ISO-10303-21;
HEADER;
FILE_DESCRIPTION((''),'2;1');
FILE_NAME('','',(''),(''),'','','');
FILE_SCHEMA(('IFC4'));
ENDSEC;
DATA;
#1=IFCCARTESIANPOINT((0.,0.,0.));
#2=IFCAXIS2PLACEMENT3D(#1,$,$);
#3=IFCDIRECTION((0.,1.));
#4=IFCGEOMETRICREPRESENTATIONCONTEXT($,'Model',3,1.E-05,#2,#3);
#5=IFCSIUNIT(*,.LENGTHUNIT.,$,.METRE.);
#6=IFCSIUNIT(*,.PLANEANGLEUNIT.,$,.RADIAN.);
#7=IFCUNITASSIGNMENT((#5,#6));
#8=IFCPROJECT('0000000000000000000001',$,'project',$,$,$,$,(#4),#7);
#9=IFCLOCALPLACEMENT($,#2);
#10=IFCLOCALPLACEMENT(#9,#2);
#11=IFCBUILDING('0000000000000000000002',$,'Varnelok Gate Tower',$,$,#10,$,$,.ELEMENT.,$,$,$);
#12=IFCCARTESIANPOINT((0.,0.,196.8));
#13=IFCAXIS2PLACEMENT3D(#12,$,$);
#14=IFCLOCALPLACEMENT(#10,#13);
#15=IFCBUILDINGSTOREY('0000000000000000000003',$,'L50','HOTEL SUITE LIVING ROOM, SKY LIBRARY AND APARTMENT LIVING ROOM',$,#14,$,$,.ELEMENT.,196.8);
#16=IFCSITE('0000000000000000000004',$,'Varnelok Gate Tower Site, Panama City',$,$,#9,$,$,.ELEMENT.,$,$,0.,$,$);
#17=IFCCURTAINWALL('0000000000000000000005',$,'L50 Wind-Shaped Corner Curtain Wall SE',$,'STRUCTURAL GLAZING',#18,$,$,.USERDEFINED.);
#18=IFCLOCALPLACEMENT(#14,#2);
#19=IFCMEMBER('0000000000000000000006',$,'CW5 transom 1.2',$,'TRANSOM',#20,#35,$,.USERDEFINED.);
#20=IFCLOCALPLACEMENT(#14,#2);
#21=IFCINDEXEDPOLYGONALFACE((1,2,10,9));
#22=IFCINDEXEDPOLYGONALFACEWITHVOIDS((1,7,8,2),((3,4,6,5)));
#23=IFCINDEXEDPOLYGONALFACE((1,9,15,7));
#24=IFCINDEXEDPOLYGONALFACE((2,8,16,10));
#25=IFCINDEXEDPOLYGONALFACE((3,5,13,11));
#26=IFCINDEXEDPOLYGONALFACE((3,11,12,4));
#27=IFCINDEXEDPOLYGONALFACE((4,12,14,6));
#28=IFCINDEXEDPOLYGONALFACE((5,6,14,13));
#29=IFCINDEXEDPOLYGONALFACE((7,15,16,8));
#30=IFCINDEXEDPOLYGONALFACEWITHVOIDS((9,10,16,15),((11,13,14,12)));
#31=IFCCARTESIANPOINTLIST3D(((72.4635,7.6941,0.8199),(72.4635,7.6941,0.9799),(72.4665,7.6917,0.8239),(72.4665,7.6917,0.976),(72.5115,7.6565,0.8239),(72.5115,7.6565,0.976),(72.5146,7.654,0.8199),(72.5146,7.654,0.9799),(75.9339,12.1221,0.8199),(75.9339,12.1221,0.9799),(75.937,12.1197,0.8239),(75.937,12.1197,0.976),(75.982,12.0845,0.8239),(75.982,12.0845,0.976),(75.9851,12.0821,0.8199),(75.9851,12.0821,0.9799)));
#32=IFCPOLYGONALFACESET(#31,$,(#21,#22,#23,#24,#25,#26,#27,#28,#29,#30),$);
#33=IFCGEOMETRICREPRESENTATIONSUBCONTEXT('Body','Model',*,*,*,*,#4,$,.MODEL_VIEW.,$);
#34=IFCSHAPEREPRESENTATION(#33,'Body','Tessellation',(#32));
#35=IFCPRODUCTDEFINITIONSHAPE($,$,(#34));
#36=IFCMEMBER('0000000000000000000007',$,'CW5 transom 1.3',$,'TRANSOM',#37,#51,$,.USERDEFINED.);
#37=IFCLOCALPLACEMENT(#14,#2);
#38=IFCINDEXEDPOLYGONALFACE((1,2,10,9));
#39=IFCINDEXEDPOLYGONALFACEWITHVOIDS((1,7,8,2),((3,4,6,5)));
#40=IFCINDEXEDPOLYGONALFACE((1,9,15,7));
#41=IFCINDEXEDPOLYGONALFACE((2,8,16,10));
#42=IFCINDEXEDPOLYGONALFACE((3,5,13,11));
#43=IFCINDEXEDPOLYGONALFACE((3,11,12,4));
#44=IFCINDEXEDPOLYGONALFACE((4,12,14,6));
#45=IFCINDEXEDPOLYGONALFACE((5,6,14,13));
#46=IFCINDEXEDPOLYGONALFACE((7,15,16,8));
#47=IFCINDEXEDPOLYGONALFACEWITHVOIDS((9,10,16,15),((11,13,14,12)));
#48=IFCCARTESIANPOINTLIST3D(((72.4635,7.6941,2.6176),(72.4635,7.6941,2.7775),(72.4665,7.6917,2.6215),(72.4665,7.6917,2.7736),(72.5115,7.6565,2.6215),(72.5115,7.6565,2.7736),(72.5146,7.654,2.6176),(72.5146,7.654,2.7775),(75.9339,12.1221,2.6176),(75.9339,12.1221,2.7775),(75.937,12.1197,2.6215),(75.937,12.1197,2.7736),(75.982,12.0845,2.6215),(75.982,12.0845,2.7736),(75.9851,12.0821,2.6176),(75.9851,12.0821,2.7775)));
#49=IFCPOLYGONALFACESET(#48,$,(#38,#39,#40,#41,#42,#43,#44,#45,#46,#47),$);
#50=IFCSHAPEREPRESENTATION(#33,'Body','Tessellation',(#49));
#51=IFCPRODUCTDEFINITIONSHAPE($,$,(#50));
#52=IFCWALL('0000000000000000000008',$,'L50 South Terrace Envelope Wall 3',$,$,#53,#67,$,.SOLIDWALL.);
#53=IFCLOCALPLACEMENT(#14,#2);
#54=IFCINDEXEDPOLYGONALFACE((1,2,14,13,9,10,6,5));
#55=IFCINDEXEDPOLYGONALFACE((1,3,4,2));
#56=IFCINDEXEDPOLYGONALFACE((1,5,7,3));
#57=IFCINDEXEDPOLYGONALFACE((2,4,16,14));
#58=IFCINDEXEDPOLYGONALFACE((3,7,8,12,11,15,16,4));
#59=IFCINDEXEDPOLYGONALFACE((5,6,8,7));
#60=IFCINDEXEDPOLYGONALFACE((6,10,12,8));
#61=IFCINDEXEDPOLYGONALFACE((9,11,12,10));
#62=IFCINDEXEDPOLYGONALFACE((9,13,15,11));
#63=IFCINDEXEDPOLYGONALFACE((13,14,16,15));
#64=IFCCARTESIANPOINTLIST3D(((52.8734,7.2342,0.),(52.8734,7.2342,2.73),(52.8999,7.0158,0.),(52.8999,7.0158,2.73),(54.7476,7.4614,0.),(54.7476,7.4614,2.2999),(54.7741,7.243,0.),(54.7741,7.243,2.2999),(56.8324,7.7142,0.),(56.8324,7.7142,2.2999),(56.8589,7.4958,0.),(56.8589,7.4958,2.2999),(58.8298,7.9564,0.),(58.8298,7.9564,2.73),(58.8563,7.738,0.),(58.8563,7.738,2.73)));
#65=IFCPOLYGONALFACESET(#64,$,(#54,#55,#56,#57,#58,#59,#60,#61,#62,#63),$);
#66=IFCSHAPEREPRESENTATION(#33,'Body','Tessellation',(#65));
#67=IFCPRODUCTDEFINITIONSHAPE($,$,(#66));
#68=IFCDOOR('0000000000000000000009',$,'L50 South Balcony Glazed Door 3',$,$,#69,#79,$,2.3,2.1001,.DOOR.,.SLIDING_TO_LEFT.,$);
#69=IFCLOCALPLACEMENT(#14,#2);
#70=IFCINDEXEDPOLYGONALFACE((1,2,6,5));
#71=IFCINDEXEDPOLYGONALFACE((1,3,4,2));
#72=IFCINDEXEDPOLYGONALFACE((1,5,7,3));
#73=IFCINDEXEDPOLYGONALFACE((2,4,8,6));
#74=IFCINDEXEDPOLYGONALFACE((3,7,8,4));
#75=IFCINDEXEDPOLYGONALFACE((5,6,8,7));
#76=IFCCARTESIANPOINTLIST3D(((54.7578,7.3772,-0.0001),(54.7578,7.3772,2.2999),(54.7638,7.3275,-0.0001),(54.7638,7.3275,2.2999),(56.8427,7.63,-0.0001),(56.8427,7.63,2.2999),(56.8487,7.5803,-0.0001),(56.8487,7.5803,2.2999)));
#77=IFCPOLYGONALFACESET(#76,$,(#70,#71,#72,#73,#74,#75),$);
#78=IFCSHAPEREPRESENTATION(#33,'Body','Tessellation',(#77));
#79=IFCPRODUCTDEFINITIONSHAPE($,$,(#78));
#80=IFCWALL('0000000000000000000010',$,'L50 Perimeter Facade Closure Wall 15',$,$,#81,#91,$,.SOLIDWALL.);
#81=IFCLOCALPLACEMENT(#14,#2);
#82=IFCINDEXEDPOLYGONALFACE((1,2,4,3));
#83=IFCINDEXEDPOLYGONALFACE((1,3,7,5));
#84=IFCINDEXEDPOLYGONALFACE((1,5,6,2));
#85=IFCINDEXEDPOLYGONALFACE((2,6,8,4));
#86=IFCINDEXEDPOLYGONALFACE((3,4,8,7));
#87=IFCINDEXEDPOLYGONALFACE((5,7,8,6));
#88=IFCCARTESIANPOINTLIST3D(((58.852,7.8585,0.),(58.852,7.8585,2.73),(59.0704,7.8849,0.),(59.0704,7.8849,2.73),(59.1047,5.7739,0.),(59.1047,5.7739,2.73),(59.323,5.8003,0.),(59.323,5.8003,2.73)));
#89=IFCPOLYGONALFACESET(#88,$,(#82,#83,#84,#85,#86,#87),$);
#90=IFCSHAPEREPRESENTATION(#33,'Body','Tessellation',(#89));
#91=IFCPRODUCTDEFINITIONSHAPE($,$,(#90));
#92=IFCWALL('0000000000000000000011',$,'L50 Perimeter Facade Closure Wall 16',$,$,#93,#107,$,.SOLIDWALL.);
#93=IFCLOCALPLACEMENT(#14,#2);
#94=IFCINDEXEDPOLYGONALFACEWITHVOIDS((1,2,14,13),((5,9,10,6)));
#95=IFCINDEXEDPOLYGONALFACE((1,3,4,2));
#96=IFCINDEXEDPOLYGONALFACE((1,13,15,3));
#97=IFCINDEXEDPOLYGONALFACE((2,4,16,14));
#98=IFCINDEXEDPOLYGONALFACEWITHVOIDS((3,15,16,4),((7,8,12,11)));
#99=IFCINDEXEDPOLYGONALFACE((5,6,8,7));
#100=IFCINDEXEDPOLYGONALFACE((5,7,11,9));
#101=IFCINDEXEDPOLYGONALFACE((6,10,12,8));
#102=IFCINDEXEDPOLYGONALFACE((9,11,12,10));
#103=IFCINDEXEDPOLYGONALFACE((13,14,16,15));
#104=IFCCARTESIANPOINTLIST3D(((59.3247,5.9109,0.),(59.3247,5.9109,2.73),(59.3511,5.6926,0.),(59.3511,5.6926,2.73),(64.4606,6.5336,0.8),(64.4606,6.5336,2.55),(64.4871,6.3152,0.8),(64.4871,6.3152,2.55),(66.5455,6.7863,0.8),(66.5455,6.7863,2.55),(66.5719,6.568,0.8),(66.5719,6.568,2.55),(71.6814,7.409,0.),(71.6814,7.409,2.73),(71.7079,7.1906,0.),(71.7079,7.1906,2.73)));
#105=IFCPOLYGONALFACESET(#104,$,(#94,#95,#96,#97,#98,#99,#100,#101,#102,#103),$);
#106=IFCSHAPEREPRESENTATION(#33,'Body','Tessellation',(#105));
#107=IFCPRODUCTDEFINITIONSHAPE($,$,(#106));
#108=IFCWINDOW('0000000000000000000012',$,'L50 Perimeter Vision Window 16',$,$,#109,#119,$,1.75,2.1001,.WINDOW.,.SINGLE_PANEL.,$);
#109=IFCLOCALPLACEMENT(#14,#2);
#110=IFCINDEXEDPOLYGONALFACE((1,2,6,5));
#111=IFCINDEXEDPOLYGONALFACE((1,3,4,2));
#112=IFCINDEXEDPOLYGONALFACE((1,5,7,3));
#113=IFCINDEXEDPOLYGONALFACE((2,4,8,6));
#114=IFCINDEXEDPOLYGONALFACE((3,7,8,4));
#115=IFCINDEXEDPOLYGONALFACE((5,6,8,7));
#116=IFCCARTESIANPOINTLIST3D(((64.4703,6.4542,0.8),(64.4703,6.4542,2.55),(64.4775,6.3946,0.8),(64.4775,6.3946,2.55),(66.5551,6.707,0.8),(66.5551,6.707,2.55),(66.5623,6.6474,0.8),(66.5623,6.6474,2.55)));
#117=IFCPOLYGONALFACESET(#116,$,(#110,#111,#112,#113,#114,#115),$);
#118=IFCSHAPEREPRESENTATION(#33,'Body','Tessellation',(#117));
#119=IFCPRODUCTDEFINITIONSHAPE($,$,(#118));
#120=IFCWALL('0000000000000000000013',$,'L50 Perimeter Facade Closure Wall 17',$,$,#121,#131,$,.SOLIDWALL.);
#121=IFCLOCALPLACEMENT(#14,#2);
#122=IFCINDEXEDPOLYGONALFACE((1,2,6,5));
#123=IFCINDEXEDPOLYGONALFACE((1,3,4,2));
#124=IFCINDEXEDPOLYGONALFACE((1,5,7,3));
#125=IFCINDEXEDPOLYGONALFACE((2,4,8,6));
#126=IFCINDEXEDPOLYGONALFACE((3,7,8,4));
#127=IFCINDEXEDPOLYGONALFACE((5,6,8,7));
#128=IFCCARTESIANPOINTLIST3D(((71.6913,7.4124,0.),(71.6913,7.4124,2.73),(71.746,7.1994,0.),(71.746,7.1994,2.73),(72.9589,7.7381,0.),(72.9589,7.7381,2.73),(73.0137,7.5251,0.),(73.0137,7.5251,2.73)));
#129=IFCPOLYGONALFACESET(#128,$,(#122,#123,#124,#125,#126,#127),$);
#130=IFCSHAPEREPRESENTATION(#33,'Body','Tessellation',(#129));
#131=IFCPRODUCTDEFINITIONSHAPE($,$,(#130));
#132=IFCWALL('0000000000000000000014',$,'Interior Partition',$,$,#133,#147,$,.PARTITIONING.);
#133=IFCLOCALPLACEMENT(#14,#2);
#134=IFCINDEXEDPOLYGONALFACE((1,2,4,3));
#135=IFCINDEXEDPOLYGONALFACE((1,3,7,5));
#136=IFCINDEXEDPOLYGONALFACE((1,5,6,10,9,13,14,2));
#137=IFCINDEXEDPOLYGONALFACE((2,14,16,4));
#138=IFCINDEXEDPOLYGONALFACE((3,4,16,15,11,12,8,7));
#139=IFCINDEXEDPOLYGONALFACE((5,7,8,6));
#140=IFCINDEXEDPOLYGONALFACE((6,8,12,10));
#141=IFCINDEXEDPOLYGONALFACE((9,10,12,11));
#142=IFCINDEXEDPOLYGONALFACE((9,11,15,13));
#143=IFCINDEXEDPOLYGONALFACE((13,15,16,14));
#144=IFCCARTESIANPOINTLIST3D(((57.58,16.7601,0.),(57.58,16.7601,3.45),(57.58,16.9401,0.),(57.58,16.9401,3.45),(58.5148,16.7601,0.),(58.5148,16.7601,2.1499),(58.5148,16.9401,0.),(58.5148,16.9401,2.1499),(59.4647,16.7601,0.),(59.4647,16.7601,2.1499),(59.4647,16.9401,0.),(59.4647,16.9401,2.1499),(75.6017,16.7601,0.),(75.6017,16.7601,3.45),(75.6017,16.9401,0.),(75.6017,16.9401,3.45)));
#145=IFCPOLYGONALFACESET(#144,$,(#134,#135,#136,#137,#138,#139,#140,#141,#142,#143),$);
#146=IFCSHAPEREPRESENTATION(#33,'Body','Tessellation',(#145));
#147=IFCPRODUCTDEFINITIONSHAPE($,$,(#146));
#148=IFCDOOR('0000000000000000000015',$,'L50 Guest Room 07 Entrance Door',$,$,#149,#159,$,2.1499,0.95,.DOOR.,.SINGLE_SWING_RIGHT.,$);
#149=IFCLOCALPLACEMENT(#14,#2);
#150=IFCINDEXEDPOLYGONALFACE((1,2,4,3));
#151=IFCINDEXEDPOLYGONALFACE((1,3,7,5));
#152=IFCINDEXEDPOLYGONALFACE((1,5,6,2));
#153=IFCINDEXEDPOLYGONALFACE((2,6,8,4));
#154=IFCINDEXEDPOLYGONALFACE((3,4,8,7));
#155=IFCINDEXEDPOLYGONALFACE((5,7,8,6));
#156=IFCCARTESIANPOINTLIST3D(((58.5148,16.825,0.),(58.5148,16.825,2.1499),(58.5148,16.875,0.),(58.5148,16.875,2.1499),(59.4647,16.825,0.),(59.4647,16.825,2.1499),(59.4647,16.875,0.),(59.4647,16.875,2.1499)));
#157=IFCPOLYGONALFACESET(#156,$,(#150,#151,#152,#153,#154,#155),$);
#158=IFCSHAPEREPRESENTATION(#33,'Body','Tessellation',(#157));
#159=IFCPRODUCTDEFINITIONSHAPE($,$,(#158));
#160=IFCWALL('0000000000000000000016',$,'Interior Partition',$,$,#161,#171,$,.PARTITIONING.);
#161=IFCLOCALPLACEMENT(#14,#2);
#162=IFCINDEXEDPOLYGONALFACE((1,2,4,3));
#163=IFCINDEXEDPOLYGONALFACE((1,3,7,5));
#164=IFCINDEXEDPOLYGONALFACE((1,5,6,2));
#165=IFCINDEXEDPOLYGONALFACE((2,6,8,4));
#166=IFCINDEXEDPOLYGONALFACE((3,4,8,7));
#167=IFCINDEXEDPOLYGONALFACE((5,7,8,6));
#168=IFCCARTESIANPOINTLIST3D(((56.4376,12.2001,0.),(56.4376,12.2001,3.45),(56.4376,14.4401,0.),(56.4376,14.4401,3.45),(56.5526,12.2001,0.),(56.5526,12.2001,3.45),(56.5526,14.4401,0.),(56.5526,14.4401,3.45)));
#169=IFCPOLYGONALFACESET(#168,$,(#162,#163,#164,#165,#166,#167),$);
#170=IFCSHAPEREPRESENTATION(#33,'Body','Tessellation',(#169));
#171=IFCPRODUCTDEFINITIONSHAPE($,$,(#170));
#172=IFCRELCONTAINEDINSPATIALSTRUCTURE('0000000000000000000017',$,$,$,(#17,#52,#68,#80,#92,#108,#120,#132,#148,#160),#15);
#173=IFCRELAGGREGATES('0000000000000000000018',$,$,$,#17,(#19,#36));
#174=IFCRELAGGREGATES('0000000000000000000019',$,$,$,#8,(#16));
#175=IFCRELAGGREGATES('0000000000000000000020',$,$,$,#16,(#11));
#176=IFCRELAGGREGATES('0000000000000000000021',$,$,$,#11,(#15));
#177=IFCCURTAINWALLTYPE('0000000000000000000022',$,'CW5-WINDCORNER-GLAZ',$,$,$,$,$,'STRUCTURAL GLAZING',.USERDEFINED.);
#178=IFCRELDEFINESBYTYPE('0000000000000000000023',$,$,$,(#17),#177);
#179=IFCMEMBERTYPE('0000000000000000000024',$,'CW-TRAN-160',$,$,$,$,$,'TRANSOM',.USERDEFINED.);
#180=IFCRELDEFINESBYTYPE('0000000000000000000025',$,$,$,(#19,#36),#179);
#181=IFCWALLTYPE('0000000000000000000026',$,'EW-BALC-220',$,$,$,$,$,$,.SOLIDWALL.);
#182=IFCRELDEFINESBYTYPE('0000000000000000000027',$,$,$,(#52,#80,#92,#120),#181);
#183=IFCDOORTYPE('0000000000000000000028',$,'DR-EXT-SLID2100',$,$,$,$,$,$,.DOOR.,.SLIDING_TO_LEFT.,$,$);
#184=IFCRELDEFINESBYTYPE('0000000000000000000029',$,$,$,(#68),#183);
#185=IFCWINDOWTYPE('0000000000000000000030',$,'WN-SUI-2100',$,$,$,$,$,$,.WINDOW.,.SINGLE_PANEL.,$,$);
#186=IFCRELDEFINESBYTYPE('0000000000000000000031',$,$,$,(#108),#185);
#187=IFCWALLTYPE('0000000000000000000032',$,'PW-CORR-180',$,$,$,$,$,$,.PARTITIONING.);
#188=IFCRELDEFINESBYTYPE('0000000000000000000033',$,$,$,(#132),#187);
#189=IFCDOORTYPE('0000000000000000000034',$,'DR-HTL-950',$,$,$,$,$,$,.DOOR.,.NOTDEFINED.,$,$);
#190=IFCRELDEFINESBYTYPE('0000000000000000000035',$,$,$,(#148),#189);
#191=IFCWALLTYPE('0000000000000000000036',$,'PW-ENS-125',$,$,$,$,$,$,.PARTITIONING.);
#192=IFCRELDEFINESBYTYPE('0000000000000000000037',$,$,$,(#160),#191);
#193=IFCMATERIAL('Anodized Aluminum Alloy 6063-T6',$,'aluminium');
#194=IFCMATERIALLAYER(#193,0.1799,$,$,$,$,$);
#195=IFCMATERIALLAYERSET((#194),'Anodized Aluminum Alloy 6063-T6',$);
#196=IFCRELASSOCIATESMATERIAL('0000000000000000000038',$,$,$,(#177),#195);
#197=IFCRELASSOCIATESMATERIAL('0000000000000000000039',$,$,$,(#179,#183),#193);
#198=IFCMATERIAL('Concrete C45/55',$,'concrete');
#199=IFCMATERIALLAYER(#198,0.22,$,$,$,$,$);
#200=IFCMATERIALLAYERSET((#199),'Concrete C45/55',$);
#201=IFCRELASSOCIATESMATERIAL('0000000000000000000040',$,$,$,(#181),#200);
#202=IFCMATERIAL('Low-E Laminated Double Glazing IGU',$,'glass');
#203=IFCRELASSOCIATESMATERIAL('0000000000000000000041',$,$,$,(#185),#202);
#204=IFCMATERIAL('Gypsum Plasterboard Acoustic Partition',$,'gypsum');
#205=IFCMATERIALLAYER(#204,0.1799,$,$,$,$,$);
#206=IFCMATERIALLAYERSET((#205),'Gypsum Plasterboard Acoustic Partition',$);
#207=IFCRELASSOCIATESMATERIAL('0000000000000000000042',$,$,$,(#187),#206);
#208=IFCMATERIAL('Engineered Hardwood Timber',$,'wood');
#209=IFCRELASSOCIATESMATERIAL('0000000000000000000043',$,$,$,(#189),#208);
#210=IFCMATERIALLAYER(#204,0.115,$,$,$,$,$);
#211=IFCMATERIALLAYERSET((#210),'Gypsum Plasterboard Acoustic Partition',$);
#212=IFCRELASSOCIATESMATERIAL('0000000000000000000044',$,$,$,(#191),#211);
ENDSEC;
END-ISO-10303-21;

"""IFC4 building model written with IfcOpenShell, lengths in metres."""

from ifc_helpers import new_model, si_unit, direction, frame, frame_2d, origin, origin_2d, place, context, subcontext, project, spatial, rectangle, hollow_rectangle, extrude, material, layer, layer_set, material_profile, profile_set, type_object, element, fill, aggregate, save


model = new_model("IFC4")

# Units and contexts
model_context = context("Model", 3, precision=1e-05, world=origin(), true_north=direction((0.0, 1.0)))
body_context = subcontext(model_context, "Body", "Model", "MODEL_VIEW")
ifc_project = project(units=[si_unit("LENGTHUNIT", "METRE"), si_unit("PLANEANGLEUNIT", "RADIAN")], contexts=[model_context])

# Site, building, storey
site_placement = place(None, origin())
site = spatial("IfcSite", under=ifc_project, at=site_placement, Name="Varnelok Gate Tower Site, Panama City", CompositionType="ELEMENT", RefElevation=0.0)
building_placement = place(site_placement, origin())
building = spatial("IfcBuilding", under=site, at=building_placement, Name="Varnelok Gate Tower", CompositionType="ELEMENT")
storey_placement = place(building_placement, frame((0.0, 0.0, 196.8)))
storey = spatial("IfcBuildingStorey", under=building, at=storey_placement, Name="L50", Description="HOTEL SUITE LIVING ROOM, SKY LIBRARY AND APARTMENT LIVING ROOM", CompositionType="ELEMENT", Elevation=196.8)

# Curtain wall, members
ifc_material_1 = material(Name="Anodized Aluminum Alloy 6063-T6", Category="aluminium")
ifc_layer_1 = layer(ifc_material_1, 0.1799)
ifc_layer_set_1 = layer_set([ifc_layer_1], Name="Anodized Aluminum Alloy 6063-T6")
curtain_wall_type = type_object("IfcCurtainWallType", Name="CW5-WINDCORNER-GLAZ", ElementType="STRUCTURAL GLAZING", PredefinedType="USERDEFINED", material=ifc_layer_set_1)
curtain_wall_placement = place(storey_placement, origin())
curtain_wall = element("IfcCurtainWall", 1, at=curtain_wall_placement, inside=storey, type_object=curtain_wall_type, Name="L50 Wind-Shaped Corner Curtain Wall SE", ObjectType="STRUCTURAL GLAZING", PredefinedType="USERDEFINED")
ifc_material_profile_1 = material_profile(ifc_material_1, hollow_rectangle(XDim=0.0649, YDim=0.1599, WallThickness=0.0039, at=origin_2d()), Name="ALU160X65X4")
ifc_profile_set_1 = profile_set([ifc_material_profile_1], Name="Anodized Aluminum Alloy 6063-T6")
member_type_1 = type_object("IfcMemberType", Name="CW-TRAN-160", ElementType="TRANSOM", PredefinedType="USERDEFINED", material=ifc_profile_set_1)
member_1_placement = place(storey_placement, frame((72.489, 7.6741, 0.8999), z_axis=(0.616869, 0.787066, 0.0), x_axis=(-0.787066, 0.616869, 0.0)))
member_1 = element("IfcMember", 2, at=member_1_placement, type_object=member_type_1, Name="CW5 transom 1.2", ObjectType="TRANSOM", PredefinedType="USERDEFINED", context=body_context, shape_type="SweptSolid", body=[
    extrude(hollow_rectangle(XDim=0.0649, YDim=0.1599, WallThickness=0.0039, at=origin_2d()), origin(), (0.0, 0.0, 1.0), 5.626),
])
member_2_placement = place(storey_placement, frame((72.489, 7.6741, 2.6975), z_axis=(0.616869, 0.787066, 0.0), x_axis=(-0.787066, 0.616869, 0.0)))
member_2 = element("IfcMember", 3, at=member_2_placement, type_object=member_type_1, Name="CW5 transom 1.3", ObjectType="TRANSOM", PredefinedType="USERDEFINED", context=body_context, shape_type="SweptSolid", body=[
    extrude(hollow_rectangle(XDim=0.0649, YDim=0.1599, WallThickness=0.0039, at=origin_2d()), origin(), (0.0, 0.0, 1.0), 5.626),
])
aggregate(curtain_wall, [member_1, member_2])

# Wall, opening, door
ifc_material_2 = material(Name="Concrete C45/55", Category="concrete")
ifc_layer_2 = layer(ifc_material_2, 0.22)
ifc_layer_set_2 = layer_set([ifc_layer_2], Name="Concrete C45/55")
wall_type_1 = type_object("IfcWallType", Name="EW-BALC-220", PredefinedType="SOLIDWALL", material=ifc_layer_set_2)
wall_1_placement = place(storey_placement, frame((58.843, 7.8472, 0.0), z_axis=(0.0, 0.0, 1.0), x_axis=(-0.99273, -0.120363, 0.0)))
wall_1 = element("IfcWall", 4, at=wall_1_placement, inside=storey, type_object=wall_type_1, Name="L50 South Terrace Envelope Wall 3", PredefinedType="SOLIDWALL", context=body_context, shape_type="SweptSolid", body=[
    extrude(rectangle(XDim=6.0, YDim=0.22, at=frame_2d((3.0, 0.0))), origin(), (0.0, 0.0, 1.0), 2.73),
])
opening_1_placement = place(wall_1_placement, frame((2.012, 0.0, 0.0)))
opening_1 = element("IfcOpeningElement", 5, at=opening_1_placement, cuts=wall_1, PredefinedType="OPENING", context=body_context, shape_type="SweptSolid", body=[
    extrude(rectangle(XDim=2.1001, YDim=2.3, at=frame_2d((1.05, 1.1499))), frame((0.0, 0.1199, 0.0), z_axis=(0.0, -1.0, 0.0), x_axis=(1.0, 0.0, 0.0)), (0.0, 0.0, 1.0), 0.24),
])
door_type_1 = type_object("IfcDoorType", Name="DR-EXT-SLID2100", OperationType="SLIDING_TO_LEFT", PredefinedType="DOOR", material=ifc_material_1)
door_1_placement = place(opening_1_placement, origin())
door_1 = element("IfcDoor", 6, at=door_1_placement, inside=storey, type_object=door_type_1, Name="L50 South Balcony Glazed Door 3", OperationType="SLIDING_TO_LEFT", OverallHeight=2.3, OverallWidth=2.1001, PredefinedType="DOOR", context=body_context, shape_type="SweptSolid", body=[
    extrude(rectangle(XDim=2.1001, YDim=2.3, at=frame_2d((1.05, 1.1499))), frame((0.0, 0.0249, 0.0), z_axis=(0.0, -1.0, 0.0), x_axis=(1.0, 0.0, 0.0)), (0.0, 0.0, 1.0), 0.05),
])
fill(opening_1, door_1)

# Wall
wall_2_placement = place(storey_placement, frame((58.9612, 7.8716, 0.0), z_axis=(0.0, 0.0, 1.0), x_axis=(0.120328, -0.992734, 0.0)))
element("IfcWall", 7, at=wall_2_placement, inside=storey, type_object=wall_type_1, Name="L50 Perimeter Facade Closure Wall 15", PredefinedType="SOLIDWALL", context=body_context, shape_type="SweptSolid", body=[
    extrude(rectangle(XDim=2.0999, YDim=0.22, at=frame_2d((1.0498, 0.0))), origin(), (0.0, 0.0, 1.0), 2.73),
])

# Wall, opening, window
wall_3_placement = place(storey_placement, frame((59.3379, 5.8018, 0.0), z_axis=(0.0, 0.0, 1.0), x_axis=(0.992731, 0.120352, 0.0)))
wall_3 = element("IfcWall", 8, at=wall_3_placement, inside=storey, type_object=wall_type_1, Name="L50 Perimeter Facade Closure Wall 16", PredefinedType="SOLIDWALL", context=body_context, shape_type="SweptSolid", body=[
    extrude(rectangle(XDim=12.4473, YDim=0.22, at=frame_2d((6.2236, 0.0))), origin(), (0.0, 0.0, 1.0), 2.73),
])
opening_2_placement = place(wall_3_placement, frame((5.1736, 0.0, 0.8)))
opening_2 = element("IfcOpeningElement", 9, at=opening_2_placement, cuts=wall_3, PredefinedType="OPENING", context=body_context, shape_type="SweptSolid", body=[
    extrude(rectangle(XDim=2.1001, YDim=1.75, at=frame_2d((1.05, 0.875))), frame((0.0, 0.1199, 0.0), z_axis=(0.0, -1.0, 0.0), x_axis=(1.0, 0.0, 0.0)), (0.0, 0.0, 1.0), 0.24),
])
ifc_material_3 = material(Name="Low-E Laminated Double Glazing IGU", Category="glass")
window_type = type_object("IfcWindowType", Name="WN-SUI-2100", PartitioningType="SINGLE_PANEL", PredefinedType="WINDOW", material=ifc_material_3)
window_placement = place(opening_2_placement, origin())
window = element("IfcWindow", 10, at=window_placement, inside=storey, type_object=window_type, Name="L50 Perimeter Vision Window 16", OverallHeight=1.75, OverallWidth=2.1001, PartitioningType="SINGLE_PANEL", PredefinedType="WINDOW", context=body_context, shape_type="SweptSolid", body=[
    extrude(rectangle(XDim=2.1001, YDim=1.75, at=frame_2d((1.05, 0.875))), frame((0.0, 0.03, 0.0), z_axis=(0.0, -1.0, 0.0), x_axis=(1.0, 0.0, 0.0)), (0.0, 0.0, 1.0), 0.0601),
])
fill(opening_2, window)

# Wall
wall_4_placement = place(storey_placement, frame((71.7188, 7.3059, 0.0), z_axis=(0.0, 0.0, 1.0), x_axis=(0.968542, 0.248851, 0.0)))
element("IfcWall", 11, at=wall_4_placement, inside=storey, type_object=wall_type_1, Name="L50 Perimeter Facade Closure Wall 17", PredefinedType="SOLIDWALL", context=body_context, shape_type="SweptSolid", body=[
    extrude(rectangle(XDim=1.3088, YDim=0.22, at=frame_2d((0.6543, 0.0))), origin(), (0.0, 0.0, 1.0), 2.73),
])

# Wall, opening, door
ifc_material_4 = material(Name="Gypsum Plasterboard Acoustic Partition", Category="gypsum")
ifc_layer_3 = layer(ifc_material_4, 0.1799)
ifc_layer_set_3 = layer_set([ifc_layer_3], Name="Gypsum Plasterboard Acoustic Partition")
wall_type_2 = type_object("IfcWallType", Name="PW-CORR-180", PredefinedType="PARTITIONING", material=ifc_layer_set_3)
wall_5_placement = place(storey_placement, frame((57.5801, 16.8501, 0.0), z_axis=(0.0, 0.0, 1.0), x_axis=(1.0, 0.0, 0.0)))
wall_5 = element("IfcWall", 12, at=wall_5_placement, inside=storey, type_object=wall_type_2, Name="Interior Partition", PredefinedType="PARTITIONING", context=body_context, shape_type="SweptSolid", body=[
    extrude(rectangle(XDim=18.0217, YDim=0.1799, at=frame_2d((9.0107, 0.0))), origin(), (0.0, 0.0, 1.0), 3.45),
])
opening_3_placement = place(wall_5_placement, frame((0.9346, 0.0, 0.0)))
opening_3 = element("IfcOpeningElement", 13, at=opening_3_placement, cuts=wall_5, PredefinedType="OPENING", context=body_context, shape_type="SweptSolid", body=[
    extrude(rectangle(XDim=0.95, YDim=2.1499, at=frame_2d((0.4751, 1.075))), frame((0.0, 0.0999, 0.0), z_axis=(0.0, -1.0, 0.0), x_axis=(1.0, 0.0, 0.0)), (0.0, 0.0, 1.0), 0.2),
])
ifc_material_5 = material(Name="Engineered Hardwood Timber", Category="wood")
door_type_2 = type_object("IfcDoorType", Name="DR-HTL-950", OperationType="NOTDEFINED", PredefinedType="DOOR", material=ifc_material_5)
door_2_placement = place(opening_3_placement, origin())
door_2 = element("IfcDoor", 14, at=door_2_placement, inside=storey, type_object=door_type_2, Name="L50 Guest Room 07 Entrance Door", OperationType="SINGLE_SWING_RIGHT", OverallHeight=2.1499, OverallWidth=0.95, PredefinedType="DOOR", context=body_context, shape_type="SweptSolid", body=[
    extrude(rectangle(XDim=0.95, YDim=2.1499, at=frame_2d((0.4751, 1.075))), frame((0.0, 0.0249, 0.0), z_axis=(0.0, -1.0, 0.0), x_axis=(1.0, 0.0, 0.0)), (0.0, 0.0, 1.0), 0.05),
])
fill(opening_3, door_2)

# Wall
ifc_layer_4 = layer(ifc_material_4, 0.115)
ifc_layer_set_4 = layer_set([ifc_layer_4], Name="Gypsum Plasterboard Acoustic Partition")
wall_type_3 = type_object("IfcWallType", Name="PW-ENS-125", PredefinedType="PARTITIONING", material=ifc_layer_set_4)
wall_6_placement = place(storey_placement, frame((56.4951, 12.2, 0.0), z_axis=(0.0, 0.0, 1.0), x_axis=(0.0, 1.0, 0.0)))
element("IfcWall", 15, at=wall_6_placement, inside=storey, type_object=wall_type_3, Name="Interior Partition", PredefinedType="PARTITIONING", context=body_context, shape_type="SweptSolid", body=[
    extrude(rectangle(XDim=2.24, YDim=0.115, at=frame_2d((1.1201, 0.0))), origin(), (0.0, 0.0, 1.0), 3.45),
])

save(model, "model.ifc")
